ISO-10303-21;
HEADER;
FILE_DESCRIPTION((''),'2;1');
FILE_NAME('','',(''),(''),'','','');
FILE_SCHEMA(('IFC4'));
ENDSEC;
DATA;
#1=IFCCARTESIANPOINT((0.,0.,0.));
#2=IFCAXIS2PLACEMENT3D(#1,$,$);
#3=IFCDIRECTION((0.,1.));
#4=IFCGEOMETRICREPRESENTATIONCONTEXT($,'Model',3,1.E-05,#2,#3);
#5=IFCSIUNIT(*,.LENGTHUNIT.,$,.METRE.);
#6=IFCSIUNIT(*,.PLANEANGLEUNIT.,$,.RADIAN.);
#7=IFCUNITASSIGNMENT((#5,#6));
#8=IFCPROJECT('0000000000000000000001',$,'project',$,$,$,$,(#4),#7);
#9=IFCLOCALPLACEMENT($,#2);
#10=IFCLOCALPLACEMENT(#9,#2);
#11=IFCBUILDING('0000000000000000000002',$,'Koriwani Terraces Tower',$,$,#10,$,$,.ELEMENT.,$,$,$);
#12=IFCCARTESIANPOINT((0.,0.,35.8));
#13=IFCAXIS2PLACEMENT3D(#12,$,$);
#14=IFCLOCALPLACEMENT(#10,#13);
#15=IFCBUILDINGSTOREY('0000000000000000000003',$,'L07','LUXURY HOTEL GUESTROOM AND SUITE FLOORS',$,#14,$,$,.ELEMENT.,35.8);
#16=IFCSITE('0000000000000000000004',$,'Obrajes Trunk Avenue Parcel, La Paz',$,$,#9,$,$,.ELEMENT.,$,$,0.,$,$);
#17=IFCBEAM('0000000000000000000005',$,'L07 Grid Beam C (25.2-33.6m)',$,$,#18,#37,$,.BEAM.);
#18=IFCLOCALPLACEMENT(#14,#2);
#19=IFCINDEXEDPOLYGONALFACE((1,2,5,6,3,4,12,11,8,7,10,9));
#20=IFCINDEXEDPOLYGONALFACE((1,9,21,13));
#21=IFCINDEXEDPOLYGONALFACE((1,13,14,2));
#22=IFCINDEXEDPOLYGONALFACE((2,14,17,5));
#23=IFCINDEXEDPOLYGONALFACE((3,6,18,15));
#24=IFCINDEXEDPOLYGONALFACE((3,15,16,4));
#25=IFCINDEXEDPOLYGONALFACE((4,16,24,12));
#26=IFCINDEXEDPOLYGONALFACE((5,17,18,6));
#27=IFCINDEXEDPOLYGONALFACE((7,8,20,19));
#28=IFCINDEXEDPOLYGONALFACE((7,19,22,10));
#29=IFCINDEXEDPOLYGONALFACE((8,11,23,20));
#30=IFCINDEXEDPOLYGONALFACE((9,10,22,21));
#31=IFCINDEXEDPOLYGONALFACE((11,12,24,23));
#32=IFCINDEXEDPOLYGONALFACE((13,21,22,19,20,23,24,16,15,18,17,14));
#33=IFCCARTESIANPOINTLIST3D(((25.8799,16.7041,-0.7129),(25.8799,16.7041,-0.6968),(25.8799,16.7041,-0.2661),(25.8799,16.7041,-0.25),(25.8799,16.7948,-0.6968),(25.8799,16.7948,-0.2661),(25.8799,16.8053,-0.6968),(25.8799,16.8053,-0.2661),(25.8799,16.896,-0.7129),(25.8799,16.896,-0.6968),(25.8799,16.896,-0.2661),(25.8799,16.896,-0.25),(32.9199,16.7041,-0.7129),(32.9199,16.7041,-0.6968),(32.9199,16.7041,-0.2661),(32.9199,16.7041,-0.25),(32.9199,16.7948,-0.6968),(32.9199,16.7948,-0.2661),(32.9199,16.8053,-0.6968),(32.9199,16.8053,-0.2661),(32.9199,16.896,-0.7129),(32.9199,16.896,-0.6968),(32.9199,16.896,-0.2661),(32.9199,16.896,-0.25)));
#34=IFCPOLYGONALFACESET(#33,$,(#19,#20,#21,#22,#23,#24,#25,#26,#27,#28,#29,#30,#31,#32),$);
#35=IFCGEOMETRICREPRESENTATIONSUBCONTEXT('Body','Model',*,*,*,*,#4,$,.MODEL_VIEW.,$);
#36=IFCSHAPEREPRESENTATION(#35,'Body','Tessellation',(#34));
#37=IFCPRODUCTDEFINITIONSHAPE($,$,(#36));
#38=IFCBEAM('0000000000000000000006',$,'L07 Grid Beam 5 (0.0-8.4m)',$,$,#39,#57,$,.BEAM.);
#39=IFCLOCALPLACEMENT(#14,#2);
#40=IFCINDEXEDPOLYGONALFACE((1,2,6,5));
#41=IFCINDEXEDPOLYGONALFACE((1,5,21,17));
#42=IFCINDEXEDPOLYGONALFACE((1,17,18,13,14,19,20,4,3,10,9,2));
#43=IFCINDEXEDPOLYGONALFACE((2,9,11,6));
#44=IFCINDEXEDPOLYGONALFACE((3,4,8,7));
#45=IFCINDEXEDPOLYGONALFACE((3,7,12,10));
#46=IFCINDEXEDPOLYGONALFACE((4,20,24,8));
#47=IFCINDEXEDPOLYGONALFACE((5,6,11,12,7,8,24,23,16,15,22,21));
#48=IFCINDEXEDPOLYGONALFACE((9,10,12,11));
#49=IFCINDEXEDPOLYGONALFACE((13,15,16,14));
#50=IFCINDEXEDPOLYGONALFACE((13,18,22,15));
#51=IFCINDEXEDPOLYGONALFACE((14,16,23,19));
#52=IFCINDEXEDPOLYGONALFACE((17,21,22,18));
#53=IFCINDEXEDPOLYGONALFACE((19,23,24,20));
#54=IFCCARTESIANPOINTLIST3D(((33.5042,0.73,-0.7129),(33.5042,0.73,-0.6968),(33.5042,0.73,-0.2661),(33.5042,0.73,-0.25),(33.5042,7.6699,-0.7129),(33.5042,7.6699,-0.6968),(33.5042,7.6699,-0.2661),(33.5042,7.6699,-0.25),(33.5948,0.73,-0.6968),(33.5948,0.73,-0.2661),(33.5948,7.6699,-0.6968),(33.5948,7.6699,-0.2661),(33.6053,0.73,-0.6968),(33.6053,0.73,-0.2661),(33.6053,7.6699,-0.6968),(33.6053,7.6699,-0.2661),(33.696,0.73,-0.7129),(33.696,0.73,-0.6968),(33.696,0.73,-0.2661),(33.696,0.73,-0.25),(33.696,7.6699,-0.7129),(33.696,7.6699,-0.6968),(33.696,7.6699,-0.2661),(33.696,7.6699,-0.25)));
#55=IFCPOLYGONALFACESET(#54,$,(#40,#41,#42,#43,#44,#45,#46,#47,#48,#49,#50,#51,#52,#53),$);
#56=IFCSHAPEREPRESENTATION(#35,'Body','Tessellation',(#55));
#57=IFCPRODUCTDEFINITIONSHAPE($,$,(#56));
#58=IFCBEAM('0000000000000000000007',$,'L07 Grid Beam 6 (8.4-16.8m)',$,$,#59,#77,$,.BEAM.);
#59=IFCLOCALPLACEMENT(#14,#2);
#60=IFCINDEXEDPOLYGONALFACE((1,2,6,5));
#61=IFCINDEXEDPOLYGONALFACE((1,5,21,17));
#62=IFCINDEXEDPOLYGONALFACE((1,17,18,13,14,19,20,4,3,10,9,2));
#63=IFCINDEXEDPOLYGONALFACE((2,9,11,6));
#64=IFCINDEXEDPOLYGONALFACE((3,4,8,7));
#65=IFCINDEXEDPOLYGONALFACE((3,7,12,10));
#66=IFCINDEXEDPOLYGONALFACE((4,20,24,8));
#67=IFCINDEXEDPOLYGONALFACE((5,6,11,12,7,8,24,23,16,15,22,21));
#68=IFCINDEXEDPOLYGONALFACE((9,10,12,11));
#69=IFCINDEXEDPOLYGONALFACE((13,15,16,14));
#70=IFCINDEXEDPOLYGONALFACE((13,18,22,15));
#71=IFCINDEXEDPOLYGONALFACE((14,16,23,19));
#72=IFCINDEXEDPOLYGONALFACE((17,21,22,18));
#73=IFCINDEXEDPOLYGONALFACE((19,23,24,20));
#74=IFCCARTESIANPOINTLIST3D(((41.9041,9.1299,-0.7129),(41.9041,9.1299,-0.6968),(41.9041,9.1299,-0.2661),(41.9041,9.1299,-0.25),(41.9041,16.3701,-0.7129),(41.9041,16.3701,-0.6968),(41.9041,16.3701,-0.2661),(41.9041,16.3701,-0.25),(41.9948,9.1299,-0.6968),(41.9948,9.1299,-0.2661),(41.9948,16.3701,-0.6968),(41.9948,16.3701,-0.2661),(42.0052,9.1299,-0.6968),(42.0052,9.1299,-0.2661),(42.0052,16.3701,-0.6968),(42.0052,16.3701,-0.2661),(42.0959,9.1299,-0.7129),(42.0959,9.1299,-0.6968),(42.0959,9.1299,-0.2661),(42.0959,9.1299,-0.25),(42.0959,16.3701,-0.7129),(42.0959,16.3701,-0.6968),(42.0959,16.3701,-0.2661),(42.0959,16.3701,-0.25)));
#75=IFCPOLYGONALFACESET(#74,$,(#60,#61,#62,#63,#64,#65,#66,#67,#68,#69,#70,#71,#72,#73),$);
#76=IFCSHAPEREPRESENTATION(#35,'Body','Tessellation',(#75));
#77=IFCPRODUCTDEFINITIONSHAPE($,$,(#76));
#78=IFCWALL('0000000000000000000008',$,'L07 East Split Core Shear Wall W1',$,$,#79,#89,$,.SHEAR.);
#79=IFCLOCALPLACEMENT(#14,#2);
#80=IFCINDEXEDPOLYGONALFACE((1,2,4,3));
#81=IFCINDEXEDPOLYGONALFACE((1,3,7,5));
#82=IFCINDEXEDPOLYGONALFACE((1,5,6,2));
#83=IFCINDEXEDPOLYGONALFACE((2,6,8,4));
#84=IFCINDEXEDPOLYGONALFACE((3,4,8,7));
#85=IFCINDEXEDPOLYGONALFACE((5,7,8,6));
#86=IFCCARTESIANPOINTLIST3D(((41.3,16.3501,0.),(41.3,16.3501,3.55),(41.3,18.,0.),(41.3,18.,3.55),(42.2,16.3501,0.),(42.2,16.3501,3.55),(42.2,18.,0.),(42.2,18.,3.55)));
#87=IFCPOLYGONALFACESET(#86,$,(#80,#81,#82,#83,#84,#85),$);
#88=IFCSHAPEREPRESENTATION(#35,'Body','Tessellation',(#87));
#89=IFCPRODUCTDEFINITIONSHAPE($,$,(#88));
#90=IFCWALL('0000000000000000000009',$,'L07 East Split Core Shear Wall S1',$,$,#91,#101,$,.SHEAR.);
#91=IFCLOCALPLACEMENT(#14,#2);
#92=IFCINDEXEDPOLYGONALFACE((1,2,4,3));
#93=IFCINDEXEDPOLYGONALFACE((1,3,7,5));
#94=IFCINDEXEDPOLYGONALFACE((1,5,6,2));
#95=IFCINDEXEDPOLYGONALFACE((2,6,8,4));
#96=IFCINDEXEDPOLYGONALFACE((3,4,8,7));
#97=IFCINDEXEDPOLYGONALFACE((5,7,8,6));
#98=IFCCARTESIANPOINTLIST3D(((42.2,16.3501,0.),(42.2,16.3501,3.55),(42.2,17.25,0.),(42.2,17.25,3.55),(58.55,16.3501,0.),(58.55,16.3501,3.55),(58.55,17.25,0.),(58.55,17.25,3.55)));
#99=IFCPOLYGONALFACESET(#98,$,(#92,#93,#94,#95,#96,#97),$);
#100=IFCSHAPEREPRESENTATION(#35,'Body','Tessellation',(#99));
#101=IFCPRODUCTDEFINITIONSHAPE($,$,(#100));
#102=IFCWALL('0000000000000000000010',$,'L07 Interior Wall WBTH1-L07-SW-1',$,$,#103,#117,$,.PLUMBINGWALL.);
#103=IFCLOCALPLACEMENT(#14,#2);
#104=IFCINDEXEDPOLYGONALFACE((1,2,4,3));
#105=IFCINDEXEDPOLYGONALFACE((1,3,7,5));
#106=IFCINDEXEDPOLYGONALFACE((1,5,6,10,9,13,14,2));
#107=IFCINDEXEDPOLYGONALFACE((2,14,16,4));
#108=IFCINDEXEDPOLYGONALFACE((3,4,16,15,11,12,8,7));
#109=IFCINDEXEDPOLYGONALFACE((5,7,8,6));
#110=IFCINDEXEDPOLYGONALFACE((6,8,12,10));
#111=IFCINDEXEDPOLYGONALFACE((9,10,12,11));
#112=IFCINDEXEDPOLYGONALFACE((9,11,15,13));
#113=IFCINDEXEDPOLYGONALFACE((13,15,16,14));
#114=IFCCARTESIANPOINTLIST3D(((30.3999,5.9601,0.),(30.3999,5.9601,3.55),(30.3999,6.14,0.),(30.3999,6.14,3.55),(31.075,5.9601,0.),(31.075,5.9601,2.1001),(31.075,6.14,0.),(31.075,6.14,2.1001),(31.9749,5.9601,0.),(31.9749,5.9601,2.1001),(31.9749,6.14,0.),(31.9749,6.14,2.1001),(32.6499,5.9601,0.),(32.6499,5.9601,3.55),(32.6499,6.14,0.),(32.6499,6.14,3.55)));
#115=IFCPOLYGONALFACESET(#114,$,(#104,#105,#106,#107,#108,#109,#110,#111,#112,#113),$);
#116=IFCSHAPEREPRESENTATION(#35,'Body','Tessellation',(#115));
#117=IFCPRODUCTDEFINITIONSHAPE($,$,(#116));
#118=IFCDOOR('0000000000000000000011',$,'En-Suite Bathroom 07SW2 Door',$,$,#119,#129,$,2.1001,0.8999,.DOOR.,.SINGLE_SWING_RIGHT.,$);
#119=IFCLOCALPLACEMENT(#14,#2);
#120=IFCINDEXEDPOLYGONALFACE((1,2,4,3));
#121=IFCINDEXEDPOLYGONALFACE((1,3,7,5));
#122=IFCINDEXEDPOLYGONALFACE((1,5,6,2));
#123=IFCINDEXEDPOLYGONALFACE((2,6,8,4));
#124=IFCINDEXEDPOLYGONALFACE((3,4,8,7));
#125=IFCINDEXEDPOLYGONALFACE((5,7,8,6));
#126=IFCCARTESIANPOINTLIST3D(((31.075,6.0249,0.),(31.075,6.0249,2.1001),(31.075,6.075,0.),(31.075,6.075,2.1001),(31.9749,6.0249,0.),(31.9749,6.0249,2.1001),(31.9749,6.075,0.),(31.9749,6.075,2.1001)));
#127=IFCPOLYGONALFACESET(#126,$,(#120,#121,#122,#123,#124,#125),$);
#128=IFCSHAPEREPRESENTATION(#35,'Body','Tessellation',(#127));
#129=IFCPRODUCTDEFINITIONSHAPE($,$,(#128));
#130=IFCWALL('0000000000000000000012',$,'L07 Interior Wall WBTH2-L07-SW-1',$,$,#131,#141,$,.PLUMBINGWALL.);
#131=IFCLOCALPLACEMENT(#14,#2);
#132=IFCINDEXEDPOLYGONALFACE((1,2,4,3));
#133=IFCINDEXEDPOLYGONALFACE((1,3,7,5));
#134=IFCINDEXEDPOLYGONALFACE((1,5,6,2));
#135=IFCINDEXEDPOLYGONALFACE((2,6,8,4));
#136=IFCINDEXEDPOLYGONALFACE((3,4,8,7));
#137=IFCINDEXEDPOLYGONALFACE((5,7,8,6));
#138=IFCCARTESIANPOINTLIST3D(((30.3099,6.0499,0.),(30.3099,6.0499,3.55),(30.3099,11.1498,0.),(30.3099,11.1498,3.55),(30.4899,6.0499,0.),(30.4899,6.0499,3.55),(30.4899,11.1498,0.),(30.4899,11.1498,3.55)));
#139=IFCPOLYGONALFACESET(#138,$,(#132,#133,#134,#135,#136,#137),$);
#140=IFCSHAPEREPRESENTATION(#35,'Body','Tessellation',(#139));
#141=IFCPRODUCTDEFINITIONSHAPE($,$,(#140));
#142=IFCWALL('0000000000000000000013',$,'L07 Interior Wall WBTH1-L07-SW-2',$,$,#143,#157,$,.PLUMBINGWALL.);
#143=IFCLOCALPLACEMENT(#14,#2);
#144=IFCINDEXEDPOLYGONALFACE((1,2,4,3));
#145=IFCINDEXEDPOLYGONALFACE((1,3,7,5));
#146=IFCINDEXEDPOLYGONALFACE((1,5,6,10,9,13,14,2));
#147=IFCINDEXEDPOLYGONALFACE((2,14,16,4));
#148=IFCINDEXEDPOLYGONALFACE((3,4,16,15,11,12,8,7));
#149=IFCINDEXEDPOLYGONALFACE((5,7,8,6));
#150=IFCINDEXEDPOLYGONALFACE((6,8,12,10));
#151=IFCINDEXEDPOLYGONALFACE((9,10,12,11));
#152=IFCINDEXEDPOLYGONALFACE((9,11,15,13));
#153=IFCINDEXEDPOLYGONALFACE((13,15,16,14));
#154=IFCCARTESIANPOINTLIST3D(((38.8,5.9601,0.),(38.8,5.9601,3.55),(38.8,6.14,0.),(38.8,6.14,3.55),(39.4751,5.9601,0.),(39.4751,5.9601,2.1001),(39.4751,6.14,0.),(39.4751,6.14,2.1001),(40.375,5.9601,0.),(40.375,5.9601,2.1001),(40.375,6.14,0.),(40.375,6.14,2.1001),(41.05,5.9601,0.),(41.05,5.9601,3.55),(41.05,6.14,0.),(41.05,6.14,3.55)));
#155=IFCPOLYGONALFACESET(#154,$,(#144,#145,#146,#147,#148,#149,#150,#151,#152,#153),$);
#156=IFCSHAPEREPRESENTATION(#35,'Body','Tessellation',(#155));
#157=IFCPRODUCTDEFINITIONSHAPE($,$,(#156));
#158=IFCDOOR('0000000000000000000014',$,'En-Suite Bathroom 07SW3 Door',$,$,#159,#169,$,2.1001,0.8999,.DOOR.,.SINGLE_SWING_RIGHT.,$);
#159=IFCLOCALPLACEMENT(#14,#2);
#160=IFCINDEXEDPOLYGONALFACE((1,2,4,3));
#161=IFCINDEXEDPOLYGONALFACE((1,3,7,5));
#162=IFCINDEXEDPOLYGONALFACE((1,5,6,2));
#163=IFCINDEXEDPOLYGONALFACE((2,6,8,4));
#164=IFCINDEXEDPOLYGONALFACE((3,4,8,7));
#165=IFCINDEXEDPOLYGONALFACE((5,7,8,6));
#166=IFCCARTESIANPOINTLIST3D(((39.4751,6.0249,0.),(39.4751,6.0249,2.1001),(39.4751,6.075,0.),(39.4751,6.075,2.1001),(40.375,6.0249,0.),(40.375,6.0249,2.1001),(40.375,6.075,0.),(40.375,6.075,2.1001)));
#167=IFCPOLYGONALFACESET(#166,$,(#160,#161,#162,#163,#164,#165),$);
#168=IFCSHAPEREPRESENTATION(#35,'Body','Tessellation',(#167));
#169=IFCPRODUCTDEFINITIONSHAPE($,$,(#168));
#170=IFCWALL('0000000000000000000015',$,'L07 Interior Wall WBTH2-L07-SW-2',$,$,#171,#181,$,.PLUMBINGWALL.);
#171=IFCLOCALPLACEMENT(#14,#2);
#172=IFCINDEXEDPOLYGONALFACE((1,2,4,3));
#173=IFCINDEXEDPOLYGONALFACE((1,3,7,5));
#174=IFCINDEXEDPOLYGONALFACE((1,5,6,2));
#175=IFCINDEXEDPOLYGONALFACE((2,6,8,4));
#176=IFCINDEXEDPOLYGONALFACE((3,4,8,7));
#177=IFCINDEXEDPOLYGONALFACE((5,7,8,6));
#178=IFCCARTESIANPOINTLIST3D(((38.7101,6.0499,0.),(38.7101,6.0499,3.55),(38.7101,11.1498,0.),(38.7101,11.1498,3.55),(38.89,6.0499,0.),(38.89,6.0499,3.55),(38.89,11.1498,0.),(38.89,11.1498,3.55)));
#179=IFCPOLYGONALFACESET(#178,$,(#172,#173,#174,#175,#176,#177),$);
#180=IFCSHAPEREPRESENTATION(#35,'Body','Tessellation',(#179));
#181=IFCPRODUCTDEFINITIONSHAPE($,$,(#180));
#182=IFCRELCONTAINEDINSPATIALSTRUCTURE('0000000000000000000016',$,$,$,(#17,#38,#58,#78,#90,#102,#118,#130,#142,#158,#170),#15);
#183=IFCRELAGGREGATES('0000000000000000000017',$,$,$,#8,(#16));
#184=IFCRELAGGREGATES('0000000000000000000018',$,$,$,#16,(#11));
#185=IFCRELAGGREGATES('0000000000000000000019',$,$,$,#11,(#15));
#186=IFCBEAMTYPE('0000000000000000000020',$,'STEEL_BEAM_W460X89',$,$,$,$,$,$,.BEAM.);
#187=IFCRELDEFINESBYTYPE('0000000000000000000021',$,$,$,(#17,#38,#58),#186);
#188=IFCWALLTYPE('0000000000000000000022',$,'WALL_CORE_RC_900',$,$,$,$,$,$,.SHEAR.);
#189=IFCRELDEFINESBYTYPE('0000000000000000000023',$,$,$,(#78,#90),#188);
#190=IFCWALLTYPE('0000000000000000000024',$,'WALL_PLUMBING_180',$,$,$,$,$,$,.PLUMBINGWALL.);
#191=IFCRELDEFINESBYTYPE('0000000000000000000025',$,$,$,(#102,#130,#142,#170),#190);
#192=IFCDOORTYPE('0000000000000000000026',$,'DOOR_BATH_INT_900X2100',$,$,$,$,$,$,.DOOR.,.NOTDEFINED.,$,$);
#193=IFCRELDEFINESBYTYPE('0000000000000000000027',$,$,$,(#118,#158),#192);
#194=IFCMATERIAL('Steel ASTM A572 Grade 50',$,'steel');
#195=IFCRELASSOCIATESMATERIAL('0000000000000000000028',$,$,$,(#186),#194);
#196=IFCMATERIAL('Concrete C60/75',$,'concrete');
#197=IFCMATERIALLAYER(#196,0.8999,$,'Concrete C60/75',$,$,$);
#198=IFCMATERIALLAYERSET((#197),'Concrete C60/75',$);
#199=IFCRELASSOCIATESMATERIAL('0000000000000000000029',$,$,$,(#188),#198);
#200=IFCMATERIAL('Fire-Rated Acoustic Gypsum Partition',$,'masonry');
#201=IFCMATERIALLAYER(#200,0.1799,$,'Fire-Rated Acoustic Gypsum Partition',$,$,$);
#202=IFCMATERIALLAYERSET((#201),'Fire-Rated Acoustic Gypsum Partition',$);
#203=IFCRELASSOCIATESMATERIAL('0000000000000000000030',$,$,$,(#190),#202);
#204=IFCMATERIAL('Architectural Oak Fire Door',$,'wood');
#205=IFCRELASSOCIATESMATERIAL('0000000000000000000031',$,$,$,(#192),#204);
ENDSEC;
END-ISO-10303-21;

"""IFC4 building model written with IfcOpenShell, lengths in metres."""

from ifc_helpers import new_model, si_unit, direction, frame, frame_2d, origin, origin_2d, place, context, subcontext, project, spatial, rectangle, i_section, extrude, material, layer, layer_set, material_profile, profile_set, type_object, element, fill, save


model = new_model("IFC4")

# Units and contexts
model_context = context("Model", 3, precision=1e-05, world=origin(), true_north=direction((0.0, 1.0)))
body_context = subcontext(model_context, "Body", "Model", "MODEL_VIEW")
ifc_project = project(units=[si_unit("LENGTHUNIT", "METRE"), si_unit("PLANEANGLEUNIT", "RADIAN")], contexts=[model_context])

# Site, building, storey
site_placement = place(None, origin())
site = spatial("IfcSite", under=ifc_project, at=site_placement, Name="Obrajes Trunk Avenue Parcel, La Paz", CompositionType="ELEMENT", RefElevation=0.0)
building_placement = place(site_placement, origin())
building = spatial("IfcBuilding", under=site, at=building_placement, Name="Koriwani Terraces Tower", CompositionType="ELEMENT")
storey_placement = place(building_placement, frame((0.0, 0.0, 35.8)))
storey = spatial("IfcBuildingStorey", under=building, at=storey_placement, Name="L07", Description="LUXURY HOTEL GUESTROOM AND SUITE FLOORS", CompositionType="ELEMENT", Elevation=35.8)

# Shared definitions
ifc_material_1 = material(Name="Concrete C60/75", Category="concrete")

# Beams
ifc_material_2 = material(Name="Steel ASTM A572 Grade 50", Category="steel")
ifc_material_profile_1 = material_profile(ifc_material_2, i_section(OverallWidth=0.1919, OverallDepth=0.4629, WebThickness=0.0105, FlangeThickness=0.0161, at=origin_2d()), Name="Steel ASTM A572 Grade 50", Category="LoadBearing")
ifc_profile_set_1 = profile_set([ifc_material_profile_1], Name="Steel ASTM A572 Grade 50")
beam_type_1 = type_object("IfcBeamType", Name="STEEL_BEAM_W460X89", PredefinedType="BEAM", material=ifc_profile_set_1)
beam_1_placement = place(storey_placement, frame((25.8799, 16.8, -0.4814), z_axis=(1.0, 0.0, 0.0), x_axis=(0.0, 1.0, 0.0)))
element("IfcBeam", 1, at=beam_1_placement, inside=storey, type_object=beam_type_1, Name="L07 Grid Beam C (25.2-33.6m)", PredefinedType="BEAM", context=body_context, shape_type="SweptSolid", body=[
    extrude(i_section(OverallWidth=0.1919, OverallDepth=0.4629, WebThickness=0.0105, FlangeThickness=0.0161, at=origin_2d()), origin(), (0.0, 0.0, 1.0), 7.04),
])
beam_2_placement = place(storey_placement, frame((33.6001, 0.73, -0.4814), z_axis=(0.0, 1.0, 0.0), x_axis=(-1.0, 0.0, 0.0)))
element("IfcBeam", 2, at=beam_2_placement, inside=storey, type_object=beam_type_1, Name="L07 Grid Beam 5 (0.0-8.4m)", PredefinedType="BEAM", context=body_context, shape_type="SweptSolid", body=[
    extrude(i_section(OverallWidth=0.1919, OverallDepth=0.4629, WebThickness=0.0105, FlangeThickness=0.0161, at=origin_2d()), origin(), (0.0, 0.0, 1.0), 6.9399),
])
beam_3_placement = place(storey_placement, frame((42.0, 9.1299, -0.4814), z_axis=(0.0, 1.0, 0.0), x_axis=(-1.0, 0.0, 0.0)))
element("IfcBeam", 3, at=beam_3_placement, inside=storey, type_object=beam_type_1, Name="L07 Grid Beam 6 (8.4-16.8m)", PredefinedType="BEAM", context=body_context, shape_type="SweptSolid", body=[
    extrude(i_section(OverallWidth=0.1919, OverallDepth=0.4629, WebThickness=0.0105, FlangeThickness=0.0161, at=origin_2d()), origin(), (0.0, 0.0, 1.0), 7.2402),
])

# Walls
ifc_layer_1 = layer(ifc_material_1, 0.8999, Name="Concrete C60/75")
ifc_layer_set_1 = layer_set([ifc_layer_1], Name="Concrete C60/75")
wall_type_1 = type_object("IfcWallType", Name="WALL_CORE_RC_900", PredefinedType="SHEAR", material=ifc_layer_set_1)
wall_1_placement = place(storey_placement, frame((41.75, 16.3501, 0.0), z_axis=(0.0, 0.0, 1.0), x_axis=(0.0, 1.0, 0.0)))
element("IfcWall", 4, at=wall_1_placement, inside=storey, type_object=wall_type_1, Name="L07 East Split Core Shear Wall W1", PredefinedType="SHEAR", context=body_context, shape_type="SweptSolid", body=[
    extrude(rectangle(XDim=1.6499, YDim=0.8999, at=frame_2d((0.825, 0.0))), origin(), (0.0, 0.0, 1.0), 3.55),
])
wall_2_placement = place(storey_placement, frame((42.2, 16.8, 0.0), z_axis=(0.0, 0.0, 1.0), x_axis=(1.0, 0.0, 0.0)))
element("IfcWall", 5, at=wall_2_placement, inside=storey, type_object=wall_type_1, Name="L07 East Split Core Shear Wall S1", PredefinedType="SHEAR", context=body_context, shape_type="SweptSolid", body=[
    extrude(rectangle(XDim=16.3501, YDim=0.8999, at=frame_2d((8.175, 0.0))), origin(), (0.0, 0.0, 1.0), 3.55),
])

# Wall, opening, door
ifc_material_3 = material(Name="Fire-Rated Acoustic Gypsum Partition", Category="masonry")
ifc_layer_2 = layer(ifc_material_3, 0.1799, Name="Fire-Rated Acoustic Gypsum Partition")
ifc_layer_set_2 = layer_set([ifc_layer_2], Name="Fire-Rated Acoustic Gypsum Partition")
wall_type_2 = type_object("IfcWallType", Name="WALL_PLUMBING_180", PredefinedType="PLUMBINGWALL", material=ifc_layer_set_2)
wall_3_placement = place(storey_placement, frame((30.3999, 6.05, 0.0), z_axis=(0.0, 0.0, 1.0), x_axis=(1.0, 0.0, 0.0)))
wall_3 = element("IfcWall", 6, at=wall_3_placement, inside=storey, type_object=wall_type_2, Name="L07 Interior Wall WBTH1-L07-SW-1", PredefinedType="PLUMBINGWALL", context=body_context, shape_type="SweptSolid", body=[
    extrude(rectangle(XDim=2.25, YDim=0.1799, at=frame_2d((1.125, 0.0))), origin(), (0.0, 0.0, 1.0), 3.55),
])
opening_1_placement = place(wall_3_placement, frame((0.675, 0.0, 0.0)))
opening_1 = element("IfcOpeningElement", 7, at=opening_1_placement, cuts=wall_3, PredefinedType="OPENING", context=body_context, shape_type="SweptSolid", body=[
    extrude(rectangle(XDim=0.8999, YDim=2.1001, at=frame_2d((0.45, 1.05))), frame((0.0, 0.1001, 0.0), z_axis=(0.0, -1.0, 0.0), x_axis=(1.0, 0.0, 0.0)), (0.0, 0.0, 1.0), 0.2),
])
ifc_material_4 = material(Name="Architectural Oak Fire Door", Category="wood")
door_type_1 = type_object("IfcDoorType", Name="DOOR_BATH_INT_900X2100", OperationType="NOTDEFINED", PredefinedType="DOOR", material=ifc_material_4)
door_1_placement = place(opening_1_placement, origin())
door_1 = element("IfcDoor", 8, at=door_1_placement, inside=storey, type_object=door_type_1, Name="En-Suite Bathroom 07SW2 Door", OperationType="SINGLE_SWING_RIGHT", OverallHeight=2.1001, OverallWidth=0.8999, PredefinedType="DOOR", context=body_context, shape_type="SweptSolid", body=[
    extrude(rectangle(XDim=0.8999, YDim=2.1001, at=frame_2d((0.45, 1.05))), frame((0.0, 0.0249, 0.0), z_axis=(0.0, -1.0, 0.0), x_axis=(1.0, 0.0, 0.0)), (0.0, 0.0, 1.0), 0.05),
])
fill(opening_1, door_1)

# Wall
wall_4_placement = place(storey_placement, frame((30.3999, 6.05, 0.0), z_axis=(0.0, 0.0, 1.0), x_axis=(0.0, 1.0, 0.0)))
element("IfcWall", 9, at=wall_4_placement, inside=storey, type_object=wall_type_2, Name="L07 Interior Wall WBTH2-L07-SW-1", PredefinedType="PLUMBINGWALL", context=body_context, shape_type="SweptSolid", body=[
    extrude(rectangle(XDim=5.0999, YDim=0.1799, at=frame_2d((2.5498, 0.0))), origin(), (0.0, 0.0, 1.0), 3.55),
])

# Wall, opening, door
wall_5_placement = place(storey_placement, frame((38.8, 6.05, 0.0), z_axis=(0.0, 0.0, 1.0), x_axis=(1.0, 0.0, 0.0)))
wall_5 = element("IfcWall", 10, at=wall_5_placement, inside=storey, type_object=wall_type_2, Name="L07 Interior Wall WBTH1-L07-SW-2", PredefinedType="PLUMBINGWALL", context=body_context, shape_type="SweptSolid", body=[
    extrude(rectangle(XDim=2.25, YDim=0.1799, at=frame_2d((1.125, 0.0))), origin(), (0.0, 0.0, 1.0), 3.55),
])
opening_2_placement = place(wall_5_placement, frame((0.675, 0.0, 0.0)))
opening_2 = element("IfcOpeningElement", 11, at=opening_2_placement, cuts=wall_5, PredefinedType="OPENING", context=body_context, shape_type="SweptSolid", body=[
    extrude(rectangle(XDim=0.8999, YDim=2.1001, at=frame_2d((0.45, 1.05))), frame((0.0, 0.1001, 0.0), z_axis=(0.0, -1.0, 0.0), x_axis=(1.0, 0.0, 0.0)), (0.0, 0.0, 1.0), 0.2),
])
door_2_placement = place(opening_2_placement, origin())
door_2 = element("IfcDoor", 12, at=door_2_placement, inside=storey, type_object=door_type_1, Name="En-Suite Bathroom 07SW3 Door", OperationType="SINGLE_SWING_RIGHT", OverallHeight=2.1001, OverallWidth=0.8999, PredefinedType="DOOR", context=body_context, shape_type="SweptSolid", body=[
    extrude(rectangle(XDim=0.8999, YDim=2.1001, at=frame_2d((0.45, 1.05))), frame((0.0, 0.0249, 0.0), z_axis=(0.0, -1.0, 0.0), x_axis=(1.0, 0.0, 0.0)), (0.0, 0.0, 1.0), 0.05),
])
fill(opening_2, door_2)

# Wall
wall_6_placement = place(storey_placement, frame((38.8, 6.05, 0.0), z_axis=(0.0, 0.0, 1.0), x_axis=(0.0, 1.0, 0.0)))
element("IfcWall", 13, at=wall_6_placement, inside=storey, type_object=wall_type_2, Name="L07 Interior Wall WBTH2-L07-SW-2", PredefinedType="PLUMBINGWALL", context=body_context, shape_type="SweptSolid", body=[
    extrude(rectangle(XDim=5.0999, YDim=0.1799, at=frame_2d((2.5498, 0.0))), origin(), (0.0, 0.0, 1.0), 3.55),
])

save(model, "model.ifc")
